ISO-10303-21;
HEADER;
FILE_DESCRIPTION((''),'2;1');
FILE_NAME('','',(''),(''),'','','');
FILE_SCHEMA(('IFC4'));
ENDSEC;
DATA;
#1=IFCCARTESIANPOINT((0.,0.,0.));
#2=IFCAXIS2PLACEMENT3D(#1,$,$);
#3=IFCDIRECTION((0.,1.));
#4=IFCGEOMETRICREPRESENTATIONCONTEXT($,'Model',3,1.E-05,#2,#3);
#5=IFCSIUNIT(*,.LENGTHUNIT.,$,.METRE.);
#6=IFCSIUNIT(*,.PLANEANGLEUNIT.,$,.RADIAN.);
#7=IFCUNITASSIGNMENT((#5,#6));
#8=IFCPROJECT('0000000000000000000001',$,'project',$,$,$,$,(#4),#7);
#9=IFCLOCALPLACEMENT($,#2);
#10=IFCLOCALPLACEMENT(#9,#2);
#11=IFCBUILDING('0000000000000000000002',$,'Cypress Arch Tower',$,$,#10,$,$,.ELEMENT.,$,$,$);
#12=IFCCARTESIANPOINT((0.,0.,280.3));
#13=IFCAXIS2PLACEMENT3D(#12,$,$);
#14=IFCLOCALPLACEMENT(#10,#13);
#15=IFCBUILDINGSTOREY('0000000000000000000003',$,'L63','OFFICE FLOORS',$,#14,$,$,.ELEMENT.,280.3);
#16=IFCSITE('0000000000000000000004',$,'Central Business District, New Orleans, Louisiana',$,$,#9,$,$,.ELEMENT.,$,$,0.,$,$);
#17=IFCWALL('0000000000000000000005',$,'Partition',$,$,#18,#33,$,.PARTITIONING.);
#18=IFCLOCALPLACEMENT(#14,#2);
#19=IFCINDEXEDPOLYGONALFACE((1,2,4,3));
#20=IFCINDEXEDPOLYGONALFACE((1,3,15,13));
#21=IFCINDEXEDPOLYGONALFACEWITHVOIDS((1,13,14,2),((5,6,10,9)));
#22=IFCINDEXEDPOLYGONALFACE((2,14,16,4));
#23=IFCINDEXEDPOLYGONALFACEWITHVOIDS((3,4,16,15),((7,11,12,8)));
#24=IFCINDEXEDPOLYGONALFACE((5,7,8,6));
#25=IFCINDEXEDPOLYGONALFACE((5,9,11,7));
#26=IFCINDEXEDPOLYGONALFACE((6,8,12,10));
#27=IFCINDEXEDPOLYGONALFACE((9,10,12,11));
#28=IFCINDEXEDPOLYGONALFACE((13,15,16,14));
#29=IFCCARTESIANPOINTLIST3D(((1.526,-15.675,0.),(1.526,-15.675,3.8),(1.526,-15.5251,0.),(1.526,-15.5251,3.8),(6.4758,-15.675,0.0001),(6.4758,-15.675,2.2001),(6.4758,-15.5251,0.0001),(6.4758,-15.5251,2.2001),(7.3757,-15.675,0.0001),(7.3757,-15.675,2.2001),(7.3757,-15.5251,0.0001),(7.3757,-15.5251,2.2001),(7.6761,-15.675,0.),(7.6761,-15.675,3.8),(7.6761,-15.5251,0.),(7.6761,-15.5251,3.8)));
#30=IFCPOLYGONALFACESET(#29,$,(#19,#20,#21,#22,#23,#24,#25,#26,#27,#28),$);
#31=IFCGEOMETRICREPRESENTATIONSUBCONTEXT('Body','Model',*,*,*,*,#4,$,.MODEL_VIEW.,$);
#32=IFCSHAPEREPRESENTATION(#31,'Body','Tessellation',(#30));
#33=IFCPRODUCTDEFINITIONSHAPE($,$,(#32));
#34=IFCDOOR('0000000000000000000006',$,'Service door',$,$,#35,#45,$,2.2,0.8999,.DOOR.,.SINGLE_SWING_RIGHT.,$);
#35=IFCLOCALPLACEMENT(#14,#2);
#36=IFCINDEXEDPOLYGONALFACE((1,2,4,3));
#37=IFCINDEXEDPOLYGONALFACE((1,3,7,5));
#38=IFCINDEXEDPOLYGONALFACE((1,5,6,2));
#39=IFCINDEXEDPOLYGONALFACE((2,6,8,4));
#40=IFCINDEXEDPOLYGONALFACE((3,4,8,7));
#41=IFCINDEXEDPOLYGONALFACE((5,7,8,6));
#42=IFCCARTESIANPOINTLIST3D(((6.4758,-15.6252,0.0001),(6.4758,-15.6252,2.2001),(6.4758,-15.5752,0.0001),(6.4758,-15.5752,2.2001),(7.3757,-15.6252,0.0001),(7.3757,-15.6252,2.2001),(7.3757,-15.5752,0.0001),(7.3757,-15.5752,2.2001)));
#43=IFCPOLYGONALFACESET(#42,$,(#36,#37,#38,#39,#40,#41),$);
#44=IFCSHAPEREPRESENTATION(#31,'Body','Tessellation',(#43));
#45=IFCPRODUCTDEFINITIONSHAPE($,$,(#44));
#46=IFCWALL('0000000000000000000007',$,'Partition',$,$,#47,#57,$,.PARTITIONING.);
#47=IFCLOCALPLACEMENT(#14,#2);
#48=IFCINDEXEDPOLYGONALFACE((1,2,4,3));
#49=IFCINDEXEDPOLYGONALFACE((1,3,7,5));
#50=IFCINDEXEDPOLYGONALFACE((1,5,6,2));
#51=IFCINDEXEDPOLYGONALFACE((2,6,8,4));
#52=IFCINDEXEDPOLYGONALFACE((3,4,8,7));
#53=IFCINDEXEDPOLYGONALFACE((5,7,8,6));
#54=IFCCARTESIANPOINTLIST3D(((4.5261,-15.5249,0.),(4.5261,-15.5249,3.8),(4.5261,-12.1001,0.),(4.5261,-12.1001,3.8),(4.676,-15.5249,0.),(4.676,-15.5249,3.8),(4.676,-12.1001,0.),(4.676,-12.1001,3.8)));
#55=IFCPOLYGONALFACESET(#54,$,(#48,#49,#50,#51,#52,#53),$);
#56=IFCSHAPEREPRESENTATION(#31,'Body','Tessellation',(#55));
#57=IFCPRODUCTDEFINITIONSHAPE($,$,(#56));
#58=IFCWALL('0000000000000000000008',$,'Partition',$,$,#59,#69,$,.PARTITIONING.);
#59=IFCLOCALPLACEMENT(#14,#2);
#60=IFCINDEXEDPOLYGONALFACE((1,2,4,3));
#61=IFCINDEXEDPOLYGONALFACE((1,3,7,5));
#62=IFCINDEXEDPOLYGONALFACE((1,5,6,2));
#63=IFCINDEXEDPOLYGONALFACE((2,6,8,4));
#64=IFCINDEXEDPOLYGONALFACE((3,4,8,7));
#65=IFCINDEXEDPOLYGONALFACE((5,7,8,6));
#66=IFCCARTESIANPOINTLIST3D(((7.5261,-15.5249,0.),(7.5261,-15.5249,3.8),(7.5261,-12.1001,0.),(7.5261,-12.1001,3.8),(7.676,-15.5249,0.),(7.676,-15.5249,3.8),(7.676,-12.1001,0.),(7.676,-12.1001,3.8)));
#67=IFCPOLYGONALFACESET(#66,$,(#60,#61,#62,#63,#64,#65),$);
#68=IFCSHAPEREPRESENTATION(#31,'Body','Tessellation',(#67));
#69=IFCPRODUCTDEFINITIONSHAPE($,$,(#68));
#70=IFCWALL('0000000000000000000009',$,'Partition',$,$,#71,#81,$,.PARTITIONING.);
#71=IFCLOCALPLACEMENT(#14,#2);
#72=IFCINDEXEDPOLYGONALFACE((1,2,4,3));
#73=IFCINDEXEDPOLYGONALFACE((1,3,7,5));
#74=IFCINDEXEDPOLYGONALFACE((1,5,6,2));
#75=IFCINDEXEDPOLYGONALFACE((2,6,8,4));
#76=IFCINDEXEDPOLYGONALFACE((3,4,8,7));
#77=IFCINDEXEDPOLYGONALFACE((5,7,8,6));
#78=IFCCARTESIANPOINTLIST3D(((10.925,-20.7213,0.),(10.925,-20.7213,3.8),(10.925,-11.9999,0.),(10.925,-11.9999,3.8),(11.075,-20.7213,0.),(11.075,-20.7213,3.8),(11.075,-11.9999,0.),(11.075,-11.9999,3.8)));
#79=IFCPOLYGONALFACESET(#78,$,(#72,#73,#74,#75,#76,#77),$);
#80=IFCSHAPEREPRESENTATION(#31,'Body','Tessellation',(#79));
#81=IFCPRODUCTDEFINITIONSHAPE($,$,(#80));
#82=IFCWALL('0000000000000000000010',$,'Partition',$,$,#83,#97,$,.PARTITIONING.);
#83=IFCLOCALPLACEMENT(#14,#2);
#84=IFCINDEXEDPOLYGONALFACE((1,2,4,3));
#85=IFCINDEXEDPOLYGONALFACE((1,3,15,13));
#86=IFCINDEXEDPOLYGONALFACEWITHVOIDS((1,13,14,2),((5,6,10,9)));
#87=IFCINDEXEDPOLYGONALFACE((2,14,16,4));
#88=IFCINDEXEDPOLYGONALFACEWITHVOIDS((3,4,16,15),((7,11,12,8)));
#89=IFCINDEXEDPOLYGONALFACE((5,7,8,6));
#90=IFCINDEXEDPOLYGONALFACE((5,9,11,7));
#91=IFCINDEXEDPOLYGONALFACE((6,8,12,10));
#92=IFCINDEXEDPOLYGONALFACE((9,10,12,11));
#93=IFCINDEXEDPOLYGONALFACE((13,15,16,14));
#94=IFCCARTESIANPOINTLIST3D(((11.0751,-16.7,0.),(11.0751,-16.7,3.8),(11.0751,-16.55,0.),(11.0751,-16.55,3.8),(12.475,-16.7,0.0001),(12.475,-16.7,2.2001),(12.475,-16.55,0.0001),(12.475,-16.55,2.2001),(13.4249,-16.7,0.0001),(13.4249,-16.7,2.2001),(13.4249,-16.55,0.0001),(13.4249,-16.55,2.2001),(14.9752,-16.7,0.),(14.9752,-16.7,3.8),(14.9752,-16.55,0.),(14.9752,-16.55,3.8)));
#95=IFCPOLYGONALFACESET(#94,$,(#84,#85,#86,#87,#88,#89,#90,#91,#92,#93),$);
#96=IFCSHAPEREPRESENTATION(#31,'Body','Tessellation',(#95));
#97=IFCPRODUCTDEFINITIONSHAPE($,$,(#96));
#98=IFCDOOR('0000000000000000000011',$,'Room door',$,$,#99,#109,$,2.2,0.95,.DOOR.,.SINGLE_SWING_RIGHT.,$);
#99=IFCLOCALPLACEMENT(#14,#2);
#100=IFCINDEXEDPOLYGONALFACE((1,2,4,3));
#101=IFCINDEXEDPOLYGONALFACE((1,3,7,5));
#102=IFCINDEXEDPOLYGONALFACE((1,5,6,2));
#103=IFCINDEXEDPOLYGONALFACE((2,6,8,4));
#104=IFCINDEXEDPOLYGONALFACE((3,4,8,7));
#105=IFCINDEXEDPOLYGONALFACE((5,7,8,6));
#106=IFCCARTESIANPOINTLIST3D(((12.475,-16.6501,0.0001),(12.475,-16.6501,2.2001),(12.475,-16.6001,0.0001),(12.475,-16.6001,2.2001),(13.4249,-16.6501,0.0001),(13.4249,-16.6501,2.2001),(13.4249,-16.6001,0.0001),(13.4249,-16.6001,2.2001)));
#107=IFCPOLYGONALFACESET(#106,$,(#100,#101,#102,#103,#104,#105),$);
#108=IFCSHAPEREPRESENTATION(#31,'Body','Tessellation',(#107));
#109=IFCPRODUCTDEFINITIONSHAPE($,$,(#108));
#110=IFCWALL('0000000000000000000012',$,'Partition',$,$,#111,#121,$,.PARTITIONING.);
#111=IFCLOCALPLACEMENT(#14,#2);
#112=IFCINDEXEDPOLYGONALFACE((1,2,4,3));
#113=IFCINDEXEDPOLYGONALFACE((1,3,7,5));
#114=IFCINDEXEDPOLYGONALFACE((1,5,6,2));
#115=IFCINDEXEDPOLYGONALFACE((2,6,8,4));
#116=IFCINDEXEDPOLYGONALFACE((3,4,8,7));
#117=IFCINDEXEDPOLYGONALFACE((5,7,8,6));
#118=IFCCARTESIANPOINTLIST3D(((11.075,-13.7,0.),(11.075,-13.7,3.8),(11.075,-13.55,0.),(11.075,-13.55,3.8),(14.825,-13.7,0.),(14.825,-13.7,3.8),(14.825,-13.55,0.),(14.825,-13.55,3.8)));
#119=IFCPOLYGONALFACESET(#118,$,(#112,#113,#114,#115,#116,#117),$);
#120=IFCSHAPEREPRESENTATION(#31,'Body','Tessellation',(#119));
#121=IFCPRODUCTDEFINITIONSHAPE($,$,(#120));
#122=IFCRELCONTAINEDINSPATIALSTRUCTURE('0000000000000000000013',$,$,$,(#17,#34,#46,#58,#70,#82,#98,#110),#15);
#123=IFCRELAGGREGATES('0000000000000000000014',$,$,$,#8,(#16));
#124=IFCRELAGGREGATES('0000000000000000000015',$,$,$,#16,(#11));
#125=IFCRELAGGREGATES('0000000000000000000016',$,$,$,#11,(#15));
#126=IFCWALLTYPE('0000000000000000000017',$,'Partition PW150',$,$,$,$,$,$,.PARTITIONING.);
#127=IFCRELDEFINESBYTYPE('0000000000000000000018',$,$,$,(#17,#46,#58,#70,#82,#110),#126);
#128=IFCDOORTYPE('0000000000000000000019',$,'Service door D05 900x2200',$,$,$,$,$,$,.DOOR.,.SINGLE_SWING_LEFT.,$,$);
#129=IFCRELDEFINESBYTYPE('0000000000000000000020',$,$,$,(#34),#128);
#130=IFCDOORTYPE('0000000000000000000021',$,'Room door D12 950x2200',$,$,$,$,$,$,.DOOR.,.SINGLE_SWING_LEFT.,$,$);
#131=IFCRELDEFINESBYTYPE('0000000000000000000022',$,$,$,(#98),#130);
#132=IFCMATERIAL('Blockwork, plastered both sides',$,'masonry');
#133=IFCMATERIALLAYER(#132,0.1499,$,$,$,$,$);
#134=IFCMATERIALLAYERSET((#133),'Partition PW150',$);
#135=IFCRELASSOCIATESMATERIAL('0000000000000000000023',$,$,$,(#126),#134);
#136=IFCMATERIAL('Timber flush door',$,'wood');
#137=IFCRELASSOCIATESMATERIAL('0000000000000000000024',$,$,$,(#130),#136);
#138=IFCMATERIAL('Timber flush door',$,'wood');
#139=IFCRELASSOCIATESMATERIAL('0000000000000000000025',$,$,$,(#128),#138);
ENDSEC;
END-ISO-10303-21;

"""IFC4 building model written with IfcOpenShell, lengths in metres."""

from ifc_helpers import new_model, si_unit, direction, frame, frame_2d, origin, place, context, subcontext, project, spatial, rectangle, extrude, material, layer, layer_set, type_object, element, fill, save


model = new_model("IFC4")

# Units and contexts
model_context = context("Model", 3, precision=1e-05, world=origin(), true_north=direction((0.0, 1.0)))
body_context = subcontext(model_context, "Body", "Model", "MODEL_VIEW")
ifc_project = project(units=[si_unit("LENGTHUNIT", "METRE"), si_unit("PLANEANGLEUNIT", "RADIAN")], contexts=[model_context])

# Site, building, storey
site_placement = place(None, origin())
site = spatial("IfcSite", under=ifc_project, at=site_placement, Name="Central Business District, New Orleans, Louisiana", CompositionType="ELEMENT", RefElevation=0.0)
building_placement = place(site_placement, origin())
building = spatial("IfcBuilding", under=site, at=building_placement, Name="Cypress Arch Tower", CompositionType="ELEMENT")
storey_placement = place(building_placement, frame((0.0, 0.0, 280.3)))
storey = spatial("IfcBuildingStorey", under=building, at=storey_placement, Name="L63", Description="OFFICE FLOORS", CompositionType="ELEMENT", Elevation=280.3)

# Wall, opening, door
ifc_material_1 = material(Name="Blockwork, plastered both sides", Category="masonry")
ifc_layer_1 = layer(ifc_material_1, 0.1499)
ifc_layer_set_1 = layer_set([ifc_layer_1], Name="Partition PW150")
wall_type_1 = type_object("IfcWallType", Name="Partition PW150", PredefinedType="PARTITIONING", material=ifc_layer_set_1)
ifc_material_2 = material(Name="Timber flush door", Category="wood")
door_type_1 = type_object("IfcDoorType", Name="Room door D12 950x2200", OperationType="SINGLE_SWING_LEFT", PredefinedType="DOOR", material=ifc_material_2)
wall_1_placement = place(storey_placement, frame((1.5259, -15.6001, 0.0), z_axis=(0.0, 0.0, 1.0), x_axis=(1.0, 0.0, 0.0)))
wall_1 = element("IfcWall", 1, at=wall_1_placement, inside=storey, type_object=wall_type_1, Name="Partition", PredefinedType="PARTITIONING", context=body_context, shape_type="SweptSolid", body=[
    extrude(rectangle(XDim=6.1501, YDim=0.1499, at=frame_2d((3.0752, 0.0))), origin(), (0.0, 0.0, 1.0), 3.8),
])
opening_1_placement = place(wall_1_placement, frame((4.95, 0.0, 0.0)))
opening_1 = element("IfcOpeningElement", 2, at=opening_1_placement, cuts=wall_1, PredefinedType="OPENING", context=body_context, shape_type="SweptSolid", body=[
    extrude(rectangle(XDim=0.8999, YDim=2.2, at=frame_2d((0.45, 1.1001))), frame((0.0, 0.085, 0.0), z_axis=(0.0, -1.0, 0.0), x_axis=(1.0, 0.0, 0.0)), (0.0, 0.0, 1.0), 0.1699),
])
ifc_material_3 = material(Name="Timber flush door", Category="wood")
door_type_2 = type_object("IfcDoorType", Name="Service door D05 900x2200", OperationType="SINGLE_SWING_LEFT", PredefinedType="DOOR", material=ifc_material_3)
door_1_placement = place(opening_1_placement, origin())
door_1 = element("IfcDoor", 3, at=door_1_placement, inside=storey, type_object=door_type_2, Name="Service door", OperationType="SINGLE_SWING_RIGHT", OverallHeight=2.2, OverallWidth=0.8999, PredefinedType="DOOR", context=body_context, shape_type="SweptSolid", body=[
    extrude(rectangle(XDim=0.8999, YDim=2.2, at=frame_2d((0.45, 1.1001))), frame((0.0, 0.0249, 0.0), z_axis=(0.0, -1.0, 0.0), x_axis=(1.0, 0.0, 0.0)), (0.0, 0.0, 1.0), 0.05),
])
fill(opening_1, door_1)

# Walls
for number, where, z_axis, x_axis, name in (
    (4, (4.6011, -15.5249, 0.0), (0.0, 0.0, 1.0), (0.0, 1.0, 0.0), "Partition"),
    (5, (7.6011, -15.5249, 0.0), (0.0, 0.0, 1.0), (0.0, 1.0, 0.0), "Partition"),
):
    element("IfcWall", number, at=place(storey_placement, frame(where, z_axis=z_axis, x_axis=x_axis)), inside=storey, type_object=wall_type_1, Name=name, PredefinedType="PARTITIONING", context=body_context, shape_type="SweptSolid", body=[
        extrude(rectangle(XDim=3.4248, YDim=0.1499, at=frame_2d((1.7124, 0.0))), origin(), (0.0, 0.0, 1.0), 3.8),
    ])
wall_2_placement = place(storey_placement, frame((11.0, -20.7214, 0.0), z_axis=(0.0, 0.0, 1.0), x_axis=(0.0, 1.0, 0.0)))
element("IfcWall", 6, at=wall_2_placement, inside=storey, type_object=wall_type_1, Name="Partition", PredefinedType="PARTITIONING", context=body_context, shape_type="SweptSolid", body=[
    extrude(rectangle(XDim=8.7214, YDim=0.1499, at=frame_2d((4.3608, 0.0))), origin(), (0.0, 0.0, 1.0), 3.8),
])

# Wall, opening, door
wall_3_placement = place(storey_placement, frame((11.075, -16.625, 0.0), z_axis=(0.0, 0.0, 1.0), x_axis=(1.0, 0.0, 0.0)))
wall_3 = element("IfcWall", 7, at=wall_3_placement, inside=storey, type_object=wall_type_1, Name="Partition", PredefinedType="PARTITIONING", context=body_context, shape_type="SweptSolid", body=[
    extrude(rectangle(XDim=3.9001, YDim=0.1499, at=frame_2d((1.9502, 0.0))), origin(), (0.0, 0.0, 1.0), 3.8),
])
opening_2_placement = place(wall_3_placement, frame((1.3999, 0.0, 0.0)))
opening_2 = element("IfcOpeningElement", 8, at=opening_2_placement, cuts=wall_3, PredefinedType="OPENING", context=body_context, shape_type="SweptSolid", body=[
    extrude(rectangle(XDim=0.95, YDim=2.2, at=frame_2d((0.4751, 1.1001))), frame((0.0, 0.085, 0.0), z_axis=(0.0, -1.0, 0.0), x_axis=(1.0, 0.0, 0.0)), (0.0, 0.0, 1.0), 0.1699),
])
door_2_placement = place(opening_2_placement, origin())
door_2 = element("IfcDoor", 9, at=door_2_placement, inside=storey, type_object=door_type_1, Name="Room door", OperationType="SINGLE_SWING_RIGHT", OverallHeight=2.2, OverallWidth=0.95, PredefinedType="DOOR", context=body_context, shape_type="SweptSolid", body=[
    extrude(rectangle(XDim=0.95, YDim=2.2, at=frame_2d((0.4751, 1.1001))), frame((0.0, 0.0249, 0.0), z_axis=(0.0, -1.0, 0.0), x_axis=(1.0, 0.0, 0.0)), (0.0, 0.0, 1.0), 0.05),
])
fill(opening_2, door_2)

# Wall
wall_4_placement = place(storey_placement, frame((11.075, -13.625, 0.0), z_axis=(0.0, 0.0, 1.0), x_axis=(1.0, 0.0, 0.0)))
element("IfcWall", 10, at=wall_4_placement, inside=storey, type_object=wall_type_1, Name="Partition", PredefinedType="PARTITIONING", context=body_context, shape_type="SweptSolid", body=[
    extrude(rectangle(XDim=3.75, YDim=0.1499, at=frame_2d((1.875, 0.0))), origin(), (0.0, 0.0, 1.0), 3.8),
])

save(model, "model.ifc")
